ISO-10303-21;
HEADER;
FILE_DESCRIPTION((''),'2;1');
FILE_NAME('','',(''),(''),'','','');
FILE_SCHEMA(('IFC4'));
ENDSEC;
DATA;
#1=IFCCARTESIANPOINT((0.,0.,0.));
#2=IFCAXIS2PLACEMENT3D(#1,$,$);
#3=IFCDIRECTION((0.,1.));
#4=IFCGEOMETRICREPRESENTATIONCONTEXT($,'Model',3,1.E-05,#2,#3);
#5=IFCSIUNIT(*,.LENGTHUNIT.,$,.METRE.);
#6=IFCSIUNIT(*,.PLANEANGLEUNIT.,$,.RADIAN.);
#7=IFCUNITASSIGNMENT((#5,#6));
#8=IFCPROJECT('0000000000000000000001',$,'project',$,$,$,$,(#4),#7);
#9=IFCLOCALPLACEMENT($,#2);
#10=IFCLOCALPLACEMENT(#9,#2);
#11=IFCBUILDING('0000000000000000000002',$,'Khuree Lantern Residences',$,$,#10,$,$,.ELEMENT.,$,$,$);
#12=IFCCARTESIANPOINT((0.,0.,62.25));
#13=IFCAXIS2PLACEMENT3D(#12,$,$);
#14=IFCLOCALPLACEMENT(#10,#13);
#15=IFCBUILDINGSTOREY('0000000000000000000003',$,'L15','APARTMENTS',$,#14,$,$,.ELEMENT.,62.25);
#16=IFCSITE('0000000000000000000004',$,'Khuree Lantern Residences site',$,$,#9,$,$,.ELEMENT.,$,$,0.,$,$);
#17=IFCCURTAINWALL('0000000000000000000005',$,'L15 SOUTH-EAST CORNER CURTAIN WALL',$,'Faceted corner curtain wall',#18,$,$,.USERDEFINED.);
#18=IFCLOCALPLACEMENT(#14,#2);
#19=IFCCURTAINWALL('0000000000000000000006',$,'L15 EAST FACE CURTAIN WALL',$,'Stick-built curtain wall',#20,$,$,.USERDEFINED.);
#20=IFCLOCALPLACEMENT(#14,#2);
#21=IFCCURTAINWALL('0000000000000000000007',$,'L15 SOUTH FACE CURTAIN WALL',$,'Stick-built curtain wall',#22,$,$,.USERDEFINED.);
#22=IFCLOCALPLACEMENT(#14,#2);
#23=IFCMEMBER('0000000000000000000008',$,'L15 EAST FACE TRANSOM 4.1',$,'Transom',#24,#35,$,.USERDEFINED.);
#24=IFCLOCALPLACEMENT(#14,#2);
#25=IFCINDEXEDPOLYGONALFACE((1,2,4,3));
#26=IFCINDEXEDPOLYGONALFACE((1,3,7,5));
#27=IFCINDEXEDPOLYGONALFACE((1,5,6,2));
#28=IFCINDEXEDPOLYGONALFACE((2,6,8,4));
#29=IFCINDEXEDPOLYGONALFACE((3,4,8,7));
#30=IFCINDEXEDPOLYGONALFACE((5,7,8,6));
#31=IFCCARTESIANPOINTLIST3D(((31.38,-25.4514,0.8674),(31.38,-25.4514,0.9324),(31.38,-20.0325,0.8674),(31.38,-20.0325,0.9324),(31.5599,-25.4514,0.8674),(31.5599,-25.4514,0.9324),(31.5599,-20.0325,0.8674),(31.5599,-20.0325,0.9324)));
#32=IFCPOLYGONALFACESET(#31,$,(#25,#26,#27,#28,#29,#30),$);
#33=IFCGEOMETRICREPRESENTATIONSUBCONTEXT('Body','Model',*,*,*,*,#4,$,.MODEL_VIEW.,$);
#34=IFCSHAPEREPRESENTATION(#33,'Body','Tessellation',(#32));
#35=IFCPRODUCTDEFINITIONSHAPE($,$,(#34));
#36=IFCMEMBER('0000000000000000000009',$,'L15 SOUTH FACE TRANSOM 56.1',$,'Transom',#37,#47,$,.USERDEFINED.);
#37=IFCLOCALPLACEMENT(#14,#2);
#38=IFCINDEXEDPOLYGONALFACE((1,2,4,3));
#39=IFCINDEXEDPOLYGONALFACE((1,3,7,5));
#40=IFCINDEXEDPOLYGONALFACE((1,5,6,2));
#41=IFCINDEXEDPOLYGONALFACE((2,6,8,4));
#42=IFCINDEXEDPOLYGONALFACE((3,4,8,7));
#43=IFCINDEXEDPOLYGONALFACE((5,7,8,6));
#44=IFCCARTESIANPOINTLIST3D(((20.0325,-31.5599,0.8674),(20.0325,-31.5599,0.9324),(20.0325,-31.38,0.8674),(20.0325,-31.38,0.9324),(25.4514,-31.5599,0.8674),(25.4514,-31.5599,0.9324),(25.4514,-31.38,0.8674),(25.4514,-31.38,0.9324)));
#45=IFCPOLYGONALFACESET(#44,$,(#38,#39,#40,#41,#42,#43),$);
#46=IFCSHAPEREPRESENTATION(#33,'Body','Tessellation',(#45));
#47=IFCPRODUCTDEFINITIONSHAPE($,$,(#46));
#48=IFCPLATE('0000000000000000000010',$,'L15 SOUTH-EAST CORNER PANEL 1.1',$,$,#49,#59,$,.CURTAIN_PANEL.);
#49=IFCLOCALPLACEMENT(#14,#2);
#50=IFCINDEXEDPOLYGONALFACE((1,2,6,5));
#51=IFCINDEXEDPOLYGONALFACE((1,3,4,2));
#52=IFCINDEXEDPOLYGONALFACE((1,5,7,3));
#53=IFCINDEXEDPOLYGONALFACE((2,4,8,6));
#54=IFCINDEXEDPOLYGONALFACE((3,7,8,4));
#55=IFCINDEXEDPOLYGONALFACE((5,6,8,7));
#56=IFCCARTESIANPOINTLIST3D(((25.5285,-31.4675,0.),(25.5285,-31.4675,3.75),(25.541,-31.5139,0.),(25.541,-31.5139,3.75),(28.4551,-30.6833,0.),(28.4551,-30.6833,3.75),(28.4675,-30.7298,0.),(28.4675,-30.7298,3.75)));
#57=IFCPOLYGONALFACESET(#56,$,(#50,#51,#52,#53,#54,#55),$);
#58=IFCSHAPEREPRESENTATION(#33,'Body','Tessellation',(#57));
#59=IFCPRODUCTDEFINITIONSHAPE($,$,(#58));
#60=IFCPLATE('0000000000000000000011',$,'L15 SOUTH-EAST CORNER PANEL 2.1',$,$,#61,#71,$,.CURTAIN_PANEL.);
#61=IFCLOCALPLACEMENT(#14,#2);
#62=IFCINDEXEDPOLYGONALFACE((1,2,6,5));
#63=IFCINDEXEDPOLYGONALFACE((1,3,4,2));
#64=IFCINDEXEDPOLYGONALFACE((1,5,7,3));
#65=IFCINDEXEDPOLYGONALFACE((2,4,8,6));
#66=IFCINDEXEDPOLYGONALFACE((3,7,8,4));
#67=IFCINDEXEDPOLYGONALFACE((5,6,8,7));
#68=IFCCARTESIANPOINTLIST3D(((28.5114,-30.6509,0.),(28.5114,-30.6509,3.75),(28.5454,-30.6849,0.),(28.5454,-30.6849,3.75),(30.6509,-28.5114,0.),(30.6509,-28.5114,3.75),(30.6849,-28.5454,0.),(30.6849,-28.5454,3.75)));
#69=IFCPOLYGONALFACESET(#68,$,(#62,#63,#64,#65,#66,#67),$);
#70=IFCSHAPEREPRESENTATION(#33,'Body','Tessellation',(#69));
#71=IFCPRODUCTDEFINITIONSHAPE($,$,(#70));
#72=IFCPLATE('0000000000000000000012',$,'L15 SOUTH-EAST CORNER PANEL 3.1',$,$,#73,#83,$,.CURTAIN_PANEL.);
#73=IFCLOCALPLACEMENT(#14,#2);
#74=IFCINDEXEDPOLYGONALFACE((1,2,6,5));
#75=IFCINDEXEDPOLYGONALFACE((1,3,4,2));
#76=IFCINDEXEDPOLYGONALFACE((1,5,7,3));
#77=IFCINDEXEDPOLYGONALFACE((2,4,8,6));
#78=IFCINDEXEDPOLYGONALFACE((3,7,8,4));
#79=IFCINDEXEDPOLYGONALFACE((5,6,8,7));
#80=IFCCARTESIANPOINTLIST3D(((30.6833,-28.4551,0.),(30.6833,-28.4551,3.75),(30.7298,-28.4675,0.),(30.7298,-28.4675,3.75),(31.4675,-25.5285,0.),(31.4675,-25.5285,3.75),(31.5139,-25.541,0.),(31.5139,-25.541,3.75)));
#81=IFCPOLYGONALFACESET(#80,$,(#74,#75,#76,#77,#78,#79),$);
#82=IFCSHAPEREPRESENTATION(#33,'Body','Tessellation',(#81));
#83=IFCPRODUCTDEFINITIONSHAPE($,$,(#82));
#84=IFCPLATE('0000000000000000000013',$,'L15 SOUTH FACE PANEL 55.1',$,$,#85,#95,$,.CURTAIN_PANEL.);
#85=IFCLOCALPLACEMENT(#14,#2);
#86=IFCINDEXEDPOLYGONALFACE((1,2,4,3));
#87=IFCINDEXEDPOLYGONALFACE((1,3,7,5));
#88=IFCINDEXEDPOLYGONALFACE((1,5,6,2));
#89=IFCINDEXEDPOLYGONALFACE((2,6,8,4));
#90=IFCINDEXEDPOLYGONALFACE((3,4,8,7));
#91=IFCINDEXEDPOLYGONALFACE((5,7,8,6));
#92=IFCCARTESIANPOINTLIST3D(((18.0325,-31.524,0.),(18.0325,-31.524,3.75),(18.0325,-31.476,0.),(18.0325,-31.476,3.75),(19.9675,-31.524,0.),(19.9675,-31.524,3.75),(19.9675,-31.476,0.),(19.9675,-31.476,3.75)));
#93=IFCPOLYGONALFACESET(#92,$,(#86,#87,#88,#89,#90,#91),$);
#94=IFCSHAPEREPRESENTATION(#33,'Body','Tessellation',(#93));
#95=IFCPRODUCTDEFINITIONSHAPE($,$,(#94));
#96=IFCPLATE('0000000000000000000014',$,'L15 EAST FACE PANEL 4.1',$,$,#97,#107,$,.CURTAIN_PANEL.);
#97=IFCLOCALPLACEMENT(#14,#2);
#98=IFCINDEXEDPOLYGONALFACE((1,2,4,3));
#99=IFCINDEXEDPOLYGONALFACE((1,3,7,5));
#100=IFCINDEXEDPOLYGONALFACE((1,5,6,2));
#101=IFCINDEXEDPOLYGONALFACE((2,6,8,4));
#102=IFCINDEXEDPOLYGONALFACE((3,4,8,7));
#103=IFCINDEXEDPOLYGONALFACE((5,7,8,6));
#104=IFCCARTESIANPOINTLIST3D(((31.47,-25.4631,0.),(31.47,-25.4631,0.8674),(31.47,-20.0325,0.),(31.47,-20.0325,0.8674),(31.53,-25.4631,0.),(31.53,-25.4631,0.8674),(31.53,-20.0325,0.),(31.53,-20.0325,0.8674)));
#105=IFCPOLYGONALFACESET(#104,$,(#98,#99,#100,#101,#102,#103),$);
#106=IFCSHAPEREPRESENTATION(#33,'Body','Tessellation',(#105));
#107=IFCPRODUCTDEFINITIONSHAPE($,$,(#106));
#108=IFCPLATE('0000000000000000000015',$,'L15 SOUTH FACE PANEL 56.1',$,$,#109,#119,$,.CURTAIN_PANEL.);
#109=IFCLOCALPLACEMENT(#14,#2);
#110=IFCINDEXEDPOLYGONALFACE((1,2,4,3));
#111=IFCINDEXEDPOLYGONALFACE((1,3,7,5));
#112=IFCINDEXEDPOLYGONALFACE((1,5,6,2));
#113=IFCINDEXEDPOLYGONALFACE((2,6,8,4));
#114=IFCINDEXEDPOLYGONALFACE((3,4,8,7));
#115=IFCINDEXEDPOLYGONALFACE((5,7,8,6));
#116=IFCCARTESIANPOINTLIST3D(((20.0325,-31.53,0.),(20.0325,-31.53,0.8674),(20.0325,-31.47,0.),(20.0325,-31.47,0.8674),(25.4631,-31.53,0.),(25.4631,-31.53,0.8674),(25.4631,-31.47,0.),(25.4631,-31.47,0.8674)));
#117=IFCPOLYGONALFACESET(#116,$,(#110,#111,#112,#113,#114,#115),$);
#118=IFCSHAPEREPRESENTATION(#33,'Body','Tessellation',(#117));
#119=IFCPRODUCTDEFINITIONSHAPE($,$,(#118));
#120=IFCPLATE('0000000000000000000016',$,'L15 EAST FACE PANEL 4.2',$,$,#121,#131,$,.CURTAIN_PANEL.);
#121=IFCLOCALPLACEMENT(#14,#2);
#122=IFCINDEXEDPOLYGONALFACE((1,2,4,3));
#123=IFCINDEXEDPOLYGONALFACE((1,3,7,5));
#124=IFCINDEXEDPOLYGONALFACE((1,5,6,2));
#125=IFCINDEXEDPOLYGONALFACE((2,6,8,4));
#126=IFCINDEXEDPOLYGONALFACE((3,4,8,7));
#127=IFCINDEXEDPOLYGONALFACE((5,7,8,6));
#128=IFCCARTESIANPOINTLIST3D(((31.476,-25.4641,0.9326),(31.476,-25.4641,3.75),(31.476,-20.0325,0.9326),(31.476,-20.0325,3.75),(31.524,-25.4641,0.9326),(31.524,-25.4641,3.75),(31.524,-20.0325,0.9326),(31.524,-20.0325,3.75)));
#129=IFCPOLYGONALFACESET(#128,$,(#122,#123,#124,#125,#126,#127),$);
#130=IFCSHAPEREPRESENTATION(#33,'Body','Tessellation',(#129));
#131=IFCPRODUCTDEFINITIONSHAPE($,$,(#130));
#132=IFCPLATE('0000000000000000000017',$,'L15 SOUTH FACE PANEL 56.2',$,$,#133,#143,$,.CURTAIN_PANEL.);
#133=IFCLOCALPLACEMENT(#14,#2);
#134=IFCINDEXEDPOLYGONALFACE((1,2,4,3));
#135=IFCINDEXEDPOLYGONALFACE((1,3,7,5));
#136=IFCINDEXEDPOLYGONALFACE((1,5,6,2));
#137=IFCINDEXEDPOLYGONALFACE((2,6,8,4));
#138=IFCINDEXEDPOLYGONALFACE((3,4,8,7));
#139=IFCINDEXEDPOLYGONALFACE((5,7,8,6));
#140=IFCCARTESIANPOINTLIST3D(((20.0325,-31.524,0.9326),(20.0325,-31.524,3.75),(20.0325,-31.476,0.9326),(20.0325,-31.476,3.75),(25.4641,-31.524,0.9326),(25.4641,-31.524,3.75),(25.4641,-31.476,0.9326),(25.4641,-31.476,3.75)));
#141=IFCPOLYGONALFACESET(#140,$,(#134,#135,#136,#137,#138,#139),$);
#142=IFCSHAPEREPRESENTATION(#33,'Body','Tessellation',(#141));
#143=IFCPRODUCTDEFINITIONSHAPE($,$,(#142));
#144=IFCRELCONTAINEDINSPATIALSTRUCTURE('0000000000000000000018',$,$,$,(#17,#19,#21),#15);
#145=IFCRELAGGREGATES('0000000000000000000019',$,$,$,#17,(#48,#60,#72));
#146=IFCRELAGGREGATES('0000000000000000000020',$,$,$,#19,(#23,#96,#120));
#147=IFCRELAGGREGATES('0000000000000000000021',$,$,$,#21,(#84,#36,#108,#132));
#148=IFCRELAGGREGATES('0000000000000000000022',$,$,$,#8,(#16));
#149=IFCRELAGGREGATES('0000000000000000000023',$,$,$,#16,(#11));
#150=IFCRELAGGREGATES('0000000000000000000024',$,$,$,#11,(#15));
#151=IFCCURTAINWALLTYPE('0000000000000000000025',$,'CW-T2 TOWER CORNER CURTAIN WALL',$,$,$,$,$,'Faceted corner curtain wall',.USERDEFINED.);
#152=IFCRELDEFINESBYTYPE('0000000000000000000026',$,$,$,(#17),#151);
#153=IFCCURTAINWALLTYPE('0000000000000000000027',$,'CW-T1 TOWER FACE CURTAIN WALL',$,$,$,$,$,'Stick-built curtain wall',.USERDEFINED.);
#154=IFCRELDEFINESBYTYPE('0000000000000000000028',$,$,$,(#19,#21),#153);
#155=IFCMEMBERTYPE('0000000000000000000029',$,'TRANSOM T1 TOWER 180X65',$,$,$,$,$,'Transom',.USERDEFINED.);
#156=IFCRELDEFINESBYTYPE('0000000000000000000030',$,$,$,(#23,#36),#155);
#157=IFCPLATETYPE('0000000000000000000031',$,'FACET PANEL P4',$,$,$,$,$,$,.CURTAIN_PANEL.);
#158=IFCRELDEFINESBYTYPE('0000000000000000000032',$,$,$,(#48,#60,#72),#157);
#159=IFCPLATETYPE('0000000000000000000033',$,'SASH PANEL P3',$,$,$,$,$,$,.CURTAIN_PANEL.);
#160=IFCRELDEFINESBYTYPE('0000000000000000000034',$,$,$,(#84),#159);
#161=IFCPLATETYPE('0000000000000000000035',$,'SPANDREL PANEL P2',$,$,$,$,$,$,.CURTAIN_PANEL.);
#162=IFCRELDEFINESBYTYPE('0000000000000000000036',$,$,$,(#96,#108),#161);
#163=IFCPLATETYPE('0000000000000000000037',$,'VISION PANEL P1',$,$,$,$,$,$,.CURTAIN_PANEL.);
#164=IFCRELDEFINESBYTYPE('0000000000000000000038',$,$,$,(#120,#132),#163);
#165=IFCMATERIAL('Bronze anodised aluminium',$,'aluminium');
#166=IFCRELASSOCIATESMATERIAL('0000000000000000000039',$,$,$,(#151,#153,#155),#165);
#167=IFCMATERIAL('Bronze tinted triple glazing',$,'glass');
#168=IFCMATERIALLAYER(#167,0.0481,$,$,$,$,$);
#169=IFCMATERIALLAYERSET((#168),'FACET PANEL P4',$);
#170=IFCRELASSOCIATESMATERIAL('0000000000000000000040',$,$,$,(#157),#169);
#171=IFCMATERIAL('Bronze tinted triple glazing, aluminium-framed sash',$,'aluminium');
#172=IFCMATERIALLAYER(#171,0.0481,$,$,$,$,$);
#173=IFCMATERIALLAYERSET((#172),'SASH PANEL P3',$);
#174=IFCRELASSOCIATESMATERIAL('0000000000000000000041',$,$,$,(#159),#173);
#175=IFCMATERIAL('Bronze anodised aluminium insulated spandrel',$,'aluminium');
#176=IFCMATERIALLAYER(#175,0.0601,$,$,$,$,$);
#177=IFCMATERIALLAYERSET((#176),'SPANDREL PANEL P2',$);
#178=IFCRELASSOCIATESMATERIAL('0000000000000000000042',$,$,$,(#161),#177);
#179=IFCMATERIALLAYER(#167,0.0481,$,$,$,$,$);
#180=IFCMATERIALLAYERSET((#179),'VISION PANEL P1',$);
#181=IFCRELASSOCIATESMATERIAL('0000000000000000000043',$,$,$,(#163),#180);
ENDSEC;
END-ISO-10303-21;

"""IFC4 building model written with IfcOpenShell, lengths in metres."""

from ifc_helpers import new_model, si_unit, direction, frame, origin, origin_2d, place, context, subcontext, project, spatial, rectangle, extrude, material, layer, layer_set, material_profile, profile_set, type_object, element, aggregate, save


model = new_model("IFC4")

# Units and contexts
model_context = context("Model", 3, precision=1e-05, world=origin(), true_north=direction((0.0, 1.0)))
body_context = subcontext(model_context, "Body", "Model", "MODEL_VIEW")
ifc_project = project(units=[si_unit("LENGTHUNIT", "METRE"), si_unit("PLANEANGLEUNIT", "RADIAN")], contexts=[model_context])

# Site, building, storey
site_placement = place(None, origin())
site = spatial("IfcSite", under=ifc_project, at=site_placement, Name="Khuree Lantern Residences site", CompositionType="ELEMENT", RefElevation=0.0)
building_placement = place(site_placement, origin())
building = spatial("IfcBuilding", under=site, at=building_placement, Name="Khuree Lantern Residences", CompositionType="ELEMENT")
storey_placement = place(building_placement, frame((0.0, 0.0, 62.25)))
storey = spatial("IfcBuildingStorey", under=building, at=storey_placement, Name="L15", Description="APARTMENTS", CompositionType="ELEMENT", Elevation=62.25)

# Curtain walls
ifc_material_1 = material(Name="Bronze anodised aluminium", Category="aluminium")
curtain_wall_type_1 = type_object("IfcCurtainWallType", Name="CW-T2 TOWER CORNER CURTAIN WALL", ElementType="Faceted corner curtain wall", PredefinedType="USERDEFINED", material=ifc_material_1)
curtain_wall_1_placement = place(storey_placement, origin())
curtain_wall_1 = element("IfcCurtainWall", 1, at=curtain_wall_1_placement, inside=storey, type_object=curtain_wall_type_1, Name="L15 SOUTH-EAST CORNER CURTAIN WALL", ObjectType="Faceted corner curtain wall", PredefinedType="USERDEFINED")
curtain_wall_type_2 = type_object("IfcCurtainWallType", Name="CW-T1 TOWER FACE CURTAIN WALL", ElementType="Stick-built curtain wall", PredefinedType="USERDEFINED", material=ifc_material_1)
curtain_wall_2_placement = place(storey_placement, origin())
curtain_wall_2 = element("IfcCurtainWall", 2, at=curtain_wall_2_placement, inside=storey, type_object=curtain_wall_type_2, Name="L15 EAST FACE CURTAIN WALL", ObjectType="Stick-built curtain wall", PredefinedType="USERDEFINED")

# Curtain wall
curtain_wall_3_placement = place(storey_placement, origin())
curtain_wall_3 = element("IfcCurtainWall", 3, at=curtain_wall_3_placement, inside=storey, type_object=curtain_wall_type_2, Name="L15 SOUTH FACE CURTAIN WALL", ObjectType="Stick-built curtain wall", PredefinedType="USERDEFINED")

# Members
ifc_material_profile_1 = material_profile(ifc_material_1, rectangle(XDim=0.1799, YDim=0.0649, at=origin_2d()), Name="T1 180X65")
ifc_profile_set_1 = profile_set([ifc_material_profile_1], Name="Bronze anodised aluminium")
member_type_1 = type_object("IfcMemberType", Name="TRANSOM T1 TOWER 180X65", ElementType="Transom", PredefinedType="USERDEFINED", material=ifc_profile_set_1)
member_1_placement = place(storey_placement, frame((31.47, -25.4514, 0.8999), z_axis=(0.0, 1.0, 0.0), x_axis=(-1.0, 0.0, 0.0)))
member_1 = element("IfcMember", 4, at=member_1_placement, type_object=member_type_1, Name="L15 EAST FACE TRANSOM 4.1", ObjectType="Transom", PredefinedType="USERDEFINED", context=body_context, shape_type="SweptSolid", body=[
    extrude(rectangle(XDim=0.1799, YDim=0.0649, at=origin_2d()), origin(), (0.0, 0.0, 1.0), 5.4189),
])
member_2_placement = place(storey_placement, frame((20.0325, -31.47, 0.8999), z_axis=(1.0, 0.0, 0.0), x_axis=(0.0, 1.0, 0.0)))
member_2 = element("IfcMember", 5, at=member_2_placement, type_object=member_type_1, Name="L15 SOUTH FACE TRANSOM 56.1", ObjectType="Transom", PredefinedType="USERDEFINED", context=body_context, shape_type="SweptSolid", body=[
    extrude(rectangle(XDim=0.1799, YDim=0.0649, at=origin_2d()), origin(), (0.0, 0.0, 1.0), 5.4189),
])

# Plates
ifc_material_2 = material(Name="Bronze tinted triple glazing", Category="glass")
ifc_layer_1 = layer(ifc_material_2, 0.0481)
ifc_layer_set_1 = layer_set([ifc_layer_1], Name="FACET PANEL P4")
plate_type_1 = type_object("IfcPlateType", Name="FACET PANEL P4", PredefinedType="CURTAIN_PANEL", material=ifc_layer_set_1)
plate_1_placement = place(storey_placement, frame((26.998, -31.0986, 0.0), z_axis=(0.0, 0.0, 1.0), x_axis=(0.965926, 0.258819, 0.0)))
plate_1 = element("IfcPlate", 6, at=plate_1_placement, type_object=plate_type_1, Name="L15 SOUTH-EAST CORNER PANEL 1.1", PredefinedType="CURTAIN_PANEL", context=body_context, shape_type="SweptSolid", body=[
    extrude(rectangle(XDim=3.0298, YDim=0.0481, at=origin_2d()), origin(), (0.0, 0.0, 1.0), 3.75),
])
plate_2_placement = place(storey_placement, frame((29.5981, -29.5981, 0.0), z_axis=(0.0, 0.0, 1.0), x_axis=(0.707107, 0.707107, 0.0)))
plate_2 = element("IfcPlate", 7, at=plate_2_placement, type_object=plate_type_1, Name="L15 SOUTH-EAST CORNER PANEL 2.1", PredefinedType="CURTAIN_PANEL", context=body_context, shape_type="SweptSolid", body=[
    extrude(rectangle(XDim=3.0256, YDim=0.0481, at=origin_2d()), origin(), (0.0, 0.0, 1.0), 3.75),
])
plate_3_placement = place(storey_placement, frame((31.0986, -26.998, 0.0), z_axis=(0.0, 0.0, 1.0), x_axis=(0.258819, 0.965926, 0.0)))
plate_3 = element("IfcPlate", 8, at=plate_3_placement, type_object=plate_type_1, Name="L15 SOUTH-EAST CORNER PANEL 3.1", PredefinedType="CURTAIN_PANEL", context=body_context, shape_type="SweptSolid", body=[
    extrude(rectangle(XDim=3.0298, YDim=0.0481, at=origin_2d()), origin(), (0.0, 0.0, 1.0), 3.75),
])
aggregate(curtain_wall_1, [plate_1, plate_2, plate_3])
ifc_material_3 = material(Name="Bronze tinted triple glazing, aluminium-framed sash", Category="aluminium")
ifc_layer_2 = layer(ifc_material_3, 0.0481)
ifc_layer_set_2 = layer_set([ifc_layer_2], Name="SASH PANEL P3")
plate_type_2 = type_object("IfcPlateType", Name="SASH PANEL P3", PredefinedType="CURTAIN_PANEL", material=ifc_layer_set_2)
plate_4_placement = place(storey_placement, frame((19.0, -31.5, 0.0), z_axis=(0.0, 0.0, 1.0), x_axis=(1.0, 0.0, 0.0)))
plate_4 = element("IfcPlate", 9, at=plate_4_placement, type_object=plate_type_2, Name="L15 SOUTH FACE PANEL 55.1", PredefinedType="CURTAIN_PANEL", context=body_context, shape_type="SweptSolid", body=[
    extrude(rectangle(XDim=1.9351, YDim=0.0481, at=origin_2d()), origin(), (0.0, 0.0, 1.0), 3.75),
])
ifc_material_4 = material(Name="Bronze anodised aluminium insulated spandrel", Category="aluminium")
ifc_layer_3 = layer(ifc_material_4, 0.0601)
ifc_layer_set_3 = layer_set([ifc_layer_3], Name="SPANDREL PANEL P2")
plate_type_3 = type_object("IfcPlateType", Name="SPANDREL PANEL P2", PredefinedType="CURTAIN_PANEL", material=ifc_layer_set_3)
plate_5_placement = place(storey_placement, frame((31.5, -22.7478, 0.0), z_axis=(0.0, 0.0, 1.0), x_axis=(0.0, 1.0, 0.0)))
plate_5 = element("IfcPlate", 10, at=plate_5_placement, type_object=plate_type_3, Name="L15 EAST FACE PANEL 4.1", PredefinedType="CURTAIN_PANEL", context=body_context, shape_type="SweptSolid", body=[
    extrude(rectangle(XDim=5.4307, YDim=0.0601, at=origin_2d()), origin(), (0.0, 0.0, 1.0), 0.8674),
])
plate_6_placement = place(storey_placement, frame((22.7478, -31.5, 0.0), z_axis=(0.0, 0.0, 1.0), x_axis=(1.0, 0.0, 0.0)))
plate_6 = element("IfcPlate", 11, at=plate_6_placement, type_object=plate_type_3, Name="L15 SOUTH FACE PANEL 56.1", PredefinedType="CURTAIN_PANEL", context=body_context, shape_type="SweptSolid", body=[
    extrude(rectangle(XDim=5.4307, YDim=0.0601, at=origin_2d()), origin(), (0.0, 0.0, 1.0), 0.8674),
])
ifc_layer_4 = layer(ifc_material_2, 0.0481)
ifc_layer_set_4 = layer_set([ifc_layer_4], Name="VISION PANEL P1")
plate_type_4 = type_object("IfcPlateType", Name="VISION PANEL P1", PredefinedType="CURTAIN_PANEL", material=ifc_layer_set_4)
plate_7_placement = place(storey_placement, frame((31.5, -22.7483, 0.9326), z_axis=(0.0, 0.0, 1.0), x_axis=(0.0, 1.0, 0.0)))
plate_7 = element("IfcPlate", 12, at=plate_7_placement, type_object=plate_type_4, Name="L15 EAST FACE PANEL 4.2", PredefinedType="CURTAIN_PANEL", context=body_context, shape_type="SweptSolid", body=[
    extrude(rectangle(XDim=5.4316, YDim=0.0481, at=origin_2d()), origin(), (0.0, 0.0, 1.0), 2.8174),
])
aggregate(curtain_wall_2, [member_1, plate_5, plate_7])
plate_8_placement = place(storey_placement, frame((22.7483, -31.5, 0.9326), z_axis=(0.0, 0.0, 1.0), x_axis=(1.0, 0.0, 0.0)))
plate_8 = element("IfcPlate", 13, at=plate_8_placement, type_object=plate_type_4, Name="L15 SOUTH FACE PANEL 56.2", PredefinedType="CURTAIN_PANEL", context=body_context, shape_type="SweptSolid", body=[
    extrude(rectangle(XDim=5.4316, YDim=0.0481, at=origin_2d()), origin(), (0.0, 0.0, 1.0), 2.8174),
])
aggregate(curtain_wall_3, [plate_4, member_2, plate_6, plate_8])

save(model, "model.ifc")
